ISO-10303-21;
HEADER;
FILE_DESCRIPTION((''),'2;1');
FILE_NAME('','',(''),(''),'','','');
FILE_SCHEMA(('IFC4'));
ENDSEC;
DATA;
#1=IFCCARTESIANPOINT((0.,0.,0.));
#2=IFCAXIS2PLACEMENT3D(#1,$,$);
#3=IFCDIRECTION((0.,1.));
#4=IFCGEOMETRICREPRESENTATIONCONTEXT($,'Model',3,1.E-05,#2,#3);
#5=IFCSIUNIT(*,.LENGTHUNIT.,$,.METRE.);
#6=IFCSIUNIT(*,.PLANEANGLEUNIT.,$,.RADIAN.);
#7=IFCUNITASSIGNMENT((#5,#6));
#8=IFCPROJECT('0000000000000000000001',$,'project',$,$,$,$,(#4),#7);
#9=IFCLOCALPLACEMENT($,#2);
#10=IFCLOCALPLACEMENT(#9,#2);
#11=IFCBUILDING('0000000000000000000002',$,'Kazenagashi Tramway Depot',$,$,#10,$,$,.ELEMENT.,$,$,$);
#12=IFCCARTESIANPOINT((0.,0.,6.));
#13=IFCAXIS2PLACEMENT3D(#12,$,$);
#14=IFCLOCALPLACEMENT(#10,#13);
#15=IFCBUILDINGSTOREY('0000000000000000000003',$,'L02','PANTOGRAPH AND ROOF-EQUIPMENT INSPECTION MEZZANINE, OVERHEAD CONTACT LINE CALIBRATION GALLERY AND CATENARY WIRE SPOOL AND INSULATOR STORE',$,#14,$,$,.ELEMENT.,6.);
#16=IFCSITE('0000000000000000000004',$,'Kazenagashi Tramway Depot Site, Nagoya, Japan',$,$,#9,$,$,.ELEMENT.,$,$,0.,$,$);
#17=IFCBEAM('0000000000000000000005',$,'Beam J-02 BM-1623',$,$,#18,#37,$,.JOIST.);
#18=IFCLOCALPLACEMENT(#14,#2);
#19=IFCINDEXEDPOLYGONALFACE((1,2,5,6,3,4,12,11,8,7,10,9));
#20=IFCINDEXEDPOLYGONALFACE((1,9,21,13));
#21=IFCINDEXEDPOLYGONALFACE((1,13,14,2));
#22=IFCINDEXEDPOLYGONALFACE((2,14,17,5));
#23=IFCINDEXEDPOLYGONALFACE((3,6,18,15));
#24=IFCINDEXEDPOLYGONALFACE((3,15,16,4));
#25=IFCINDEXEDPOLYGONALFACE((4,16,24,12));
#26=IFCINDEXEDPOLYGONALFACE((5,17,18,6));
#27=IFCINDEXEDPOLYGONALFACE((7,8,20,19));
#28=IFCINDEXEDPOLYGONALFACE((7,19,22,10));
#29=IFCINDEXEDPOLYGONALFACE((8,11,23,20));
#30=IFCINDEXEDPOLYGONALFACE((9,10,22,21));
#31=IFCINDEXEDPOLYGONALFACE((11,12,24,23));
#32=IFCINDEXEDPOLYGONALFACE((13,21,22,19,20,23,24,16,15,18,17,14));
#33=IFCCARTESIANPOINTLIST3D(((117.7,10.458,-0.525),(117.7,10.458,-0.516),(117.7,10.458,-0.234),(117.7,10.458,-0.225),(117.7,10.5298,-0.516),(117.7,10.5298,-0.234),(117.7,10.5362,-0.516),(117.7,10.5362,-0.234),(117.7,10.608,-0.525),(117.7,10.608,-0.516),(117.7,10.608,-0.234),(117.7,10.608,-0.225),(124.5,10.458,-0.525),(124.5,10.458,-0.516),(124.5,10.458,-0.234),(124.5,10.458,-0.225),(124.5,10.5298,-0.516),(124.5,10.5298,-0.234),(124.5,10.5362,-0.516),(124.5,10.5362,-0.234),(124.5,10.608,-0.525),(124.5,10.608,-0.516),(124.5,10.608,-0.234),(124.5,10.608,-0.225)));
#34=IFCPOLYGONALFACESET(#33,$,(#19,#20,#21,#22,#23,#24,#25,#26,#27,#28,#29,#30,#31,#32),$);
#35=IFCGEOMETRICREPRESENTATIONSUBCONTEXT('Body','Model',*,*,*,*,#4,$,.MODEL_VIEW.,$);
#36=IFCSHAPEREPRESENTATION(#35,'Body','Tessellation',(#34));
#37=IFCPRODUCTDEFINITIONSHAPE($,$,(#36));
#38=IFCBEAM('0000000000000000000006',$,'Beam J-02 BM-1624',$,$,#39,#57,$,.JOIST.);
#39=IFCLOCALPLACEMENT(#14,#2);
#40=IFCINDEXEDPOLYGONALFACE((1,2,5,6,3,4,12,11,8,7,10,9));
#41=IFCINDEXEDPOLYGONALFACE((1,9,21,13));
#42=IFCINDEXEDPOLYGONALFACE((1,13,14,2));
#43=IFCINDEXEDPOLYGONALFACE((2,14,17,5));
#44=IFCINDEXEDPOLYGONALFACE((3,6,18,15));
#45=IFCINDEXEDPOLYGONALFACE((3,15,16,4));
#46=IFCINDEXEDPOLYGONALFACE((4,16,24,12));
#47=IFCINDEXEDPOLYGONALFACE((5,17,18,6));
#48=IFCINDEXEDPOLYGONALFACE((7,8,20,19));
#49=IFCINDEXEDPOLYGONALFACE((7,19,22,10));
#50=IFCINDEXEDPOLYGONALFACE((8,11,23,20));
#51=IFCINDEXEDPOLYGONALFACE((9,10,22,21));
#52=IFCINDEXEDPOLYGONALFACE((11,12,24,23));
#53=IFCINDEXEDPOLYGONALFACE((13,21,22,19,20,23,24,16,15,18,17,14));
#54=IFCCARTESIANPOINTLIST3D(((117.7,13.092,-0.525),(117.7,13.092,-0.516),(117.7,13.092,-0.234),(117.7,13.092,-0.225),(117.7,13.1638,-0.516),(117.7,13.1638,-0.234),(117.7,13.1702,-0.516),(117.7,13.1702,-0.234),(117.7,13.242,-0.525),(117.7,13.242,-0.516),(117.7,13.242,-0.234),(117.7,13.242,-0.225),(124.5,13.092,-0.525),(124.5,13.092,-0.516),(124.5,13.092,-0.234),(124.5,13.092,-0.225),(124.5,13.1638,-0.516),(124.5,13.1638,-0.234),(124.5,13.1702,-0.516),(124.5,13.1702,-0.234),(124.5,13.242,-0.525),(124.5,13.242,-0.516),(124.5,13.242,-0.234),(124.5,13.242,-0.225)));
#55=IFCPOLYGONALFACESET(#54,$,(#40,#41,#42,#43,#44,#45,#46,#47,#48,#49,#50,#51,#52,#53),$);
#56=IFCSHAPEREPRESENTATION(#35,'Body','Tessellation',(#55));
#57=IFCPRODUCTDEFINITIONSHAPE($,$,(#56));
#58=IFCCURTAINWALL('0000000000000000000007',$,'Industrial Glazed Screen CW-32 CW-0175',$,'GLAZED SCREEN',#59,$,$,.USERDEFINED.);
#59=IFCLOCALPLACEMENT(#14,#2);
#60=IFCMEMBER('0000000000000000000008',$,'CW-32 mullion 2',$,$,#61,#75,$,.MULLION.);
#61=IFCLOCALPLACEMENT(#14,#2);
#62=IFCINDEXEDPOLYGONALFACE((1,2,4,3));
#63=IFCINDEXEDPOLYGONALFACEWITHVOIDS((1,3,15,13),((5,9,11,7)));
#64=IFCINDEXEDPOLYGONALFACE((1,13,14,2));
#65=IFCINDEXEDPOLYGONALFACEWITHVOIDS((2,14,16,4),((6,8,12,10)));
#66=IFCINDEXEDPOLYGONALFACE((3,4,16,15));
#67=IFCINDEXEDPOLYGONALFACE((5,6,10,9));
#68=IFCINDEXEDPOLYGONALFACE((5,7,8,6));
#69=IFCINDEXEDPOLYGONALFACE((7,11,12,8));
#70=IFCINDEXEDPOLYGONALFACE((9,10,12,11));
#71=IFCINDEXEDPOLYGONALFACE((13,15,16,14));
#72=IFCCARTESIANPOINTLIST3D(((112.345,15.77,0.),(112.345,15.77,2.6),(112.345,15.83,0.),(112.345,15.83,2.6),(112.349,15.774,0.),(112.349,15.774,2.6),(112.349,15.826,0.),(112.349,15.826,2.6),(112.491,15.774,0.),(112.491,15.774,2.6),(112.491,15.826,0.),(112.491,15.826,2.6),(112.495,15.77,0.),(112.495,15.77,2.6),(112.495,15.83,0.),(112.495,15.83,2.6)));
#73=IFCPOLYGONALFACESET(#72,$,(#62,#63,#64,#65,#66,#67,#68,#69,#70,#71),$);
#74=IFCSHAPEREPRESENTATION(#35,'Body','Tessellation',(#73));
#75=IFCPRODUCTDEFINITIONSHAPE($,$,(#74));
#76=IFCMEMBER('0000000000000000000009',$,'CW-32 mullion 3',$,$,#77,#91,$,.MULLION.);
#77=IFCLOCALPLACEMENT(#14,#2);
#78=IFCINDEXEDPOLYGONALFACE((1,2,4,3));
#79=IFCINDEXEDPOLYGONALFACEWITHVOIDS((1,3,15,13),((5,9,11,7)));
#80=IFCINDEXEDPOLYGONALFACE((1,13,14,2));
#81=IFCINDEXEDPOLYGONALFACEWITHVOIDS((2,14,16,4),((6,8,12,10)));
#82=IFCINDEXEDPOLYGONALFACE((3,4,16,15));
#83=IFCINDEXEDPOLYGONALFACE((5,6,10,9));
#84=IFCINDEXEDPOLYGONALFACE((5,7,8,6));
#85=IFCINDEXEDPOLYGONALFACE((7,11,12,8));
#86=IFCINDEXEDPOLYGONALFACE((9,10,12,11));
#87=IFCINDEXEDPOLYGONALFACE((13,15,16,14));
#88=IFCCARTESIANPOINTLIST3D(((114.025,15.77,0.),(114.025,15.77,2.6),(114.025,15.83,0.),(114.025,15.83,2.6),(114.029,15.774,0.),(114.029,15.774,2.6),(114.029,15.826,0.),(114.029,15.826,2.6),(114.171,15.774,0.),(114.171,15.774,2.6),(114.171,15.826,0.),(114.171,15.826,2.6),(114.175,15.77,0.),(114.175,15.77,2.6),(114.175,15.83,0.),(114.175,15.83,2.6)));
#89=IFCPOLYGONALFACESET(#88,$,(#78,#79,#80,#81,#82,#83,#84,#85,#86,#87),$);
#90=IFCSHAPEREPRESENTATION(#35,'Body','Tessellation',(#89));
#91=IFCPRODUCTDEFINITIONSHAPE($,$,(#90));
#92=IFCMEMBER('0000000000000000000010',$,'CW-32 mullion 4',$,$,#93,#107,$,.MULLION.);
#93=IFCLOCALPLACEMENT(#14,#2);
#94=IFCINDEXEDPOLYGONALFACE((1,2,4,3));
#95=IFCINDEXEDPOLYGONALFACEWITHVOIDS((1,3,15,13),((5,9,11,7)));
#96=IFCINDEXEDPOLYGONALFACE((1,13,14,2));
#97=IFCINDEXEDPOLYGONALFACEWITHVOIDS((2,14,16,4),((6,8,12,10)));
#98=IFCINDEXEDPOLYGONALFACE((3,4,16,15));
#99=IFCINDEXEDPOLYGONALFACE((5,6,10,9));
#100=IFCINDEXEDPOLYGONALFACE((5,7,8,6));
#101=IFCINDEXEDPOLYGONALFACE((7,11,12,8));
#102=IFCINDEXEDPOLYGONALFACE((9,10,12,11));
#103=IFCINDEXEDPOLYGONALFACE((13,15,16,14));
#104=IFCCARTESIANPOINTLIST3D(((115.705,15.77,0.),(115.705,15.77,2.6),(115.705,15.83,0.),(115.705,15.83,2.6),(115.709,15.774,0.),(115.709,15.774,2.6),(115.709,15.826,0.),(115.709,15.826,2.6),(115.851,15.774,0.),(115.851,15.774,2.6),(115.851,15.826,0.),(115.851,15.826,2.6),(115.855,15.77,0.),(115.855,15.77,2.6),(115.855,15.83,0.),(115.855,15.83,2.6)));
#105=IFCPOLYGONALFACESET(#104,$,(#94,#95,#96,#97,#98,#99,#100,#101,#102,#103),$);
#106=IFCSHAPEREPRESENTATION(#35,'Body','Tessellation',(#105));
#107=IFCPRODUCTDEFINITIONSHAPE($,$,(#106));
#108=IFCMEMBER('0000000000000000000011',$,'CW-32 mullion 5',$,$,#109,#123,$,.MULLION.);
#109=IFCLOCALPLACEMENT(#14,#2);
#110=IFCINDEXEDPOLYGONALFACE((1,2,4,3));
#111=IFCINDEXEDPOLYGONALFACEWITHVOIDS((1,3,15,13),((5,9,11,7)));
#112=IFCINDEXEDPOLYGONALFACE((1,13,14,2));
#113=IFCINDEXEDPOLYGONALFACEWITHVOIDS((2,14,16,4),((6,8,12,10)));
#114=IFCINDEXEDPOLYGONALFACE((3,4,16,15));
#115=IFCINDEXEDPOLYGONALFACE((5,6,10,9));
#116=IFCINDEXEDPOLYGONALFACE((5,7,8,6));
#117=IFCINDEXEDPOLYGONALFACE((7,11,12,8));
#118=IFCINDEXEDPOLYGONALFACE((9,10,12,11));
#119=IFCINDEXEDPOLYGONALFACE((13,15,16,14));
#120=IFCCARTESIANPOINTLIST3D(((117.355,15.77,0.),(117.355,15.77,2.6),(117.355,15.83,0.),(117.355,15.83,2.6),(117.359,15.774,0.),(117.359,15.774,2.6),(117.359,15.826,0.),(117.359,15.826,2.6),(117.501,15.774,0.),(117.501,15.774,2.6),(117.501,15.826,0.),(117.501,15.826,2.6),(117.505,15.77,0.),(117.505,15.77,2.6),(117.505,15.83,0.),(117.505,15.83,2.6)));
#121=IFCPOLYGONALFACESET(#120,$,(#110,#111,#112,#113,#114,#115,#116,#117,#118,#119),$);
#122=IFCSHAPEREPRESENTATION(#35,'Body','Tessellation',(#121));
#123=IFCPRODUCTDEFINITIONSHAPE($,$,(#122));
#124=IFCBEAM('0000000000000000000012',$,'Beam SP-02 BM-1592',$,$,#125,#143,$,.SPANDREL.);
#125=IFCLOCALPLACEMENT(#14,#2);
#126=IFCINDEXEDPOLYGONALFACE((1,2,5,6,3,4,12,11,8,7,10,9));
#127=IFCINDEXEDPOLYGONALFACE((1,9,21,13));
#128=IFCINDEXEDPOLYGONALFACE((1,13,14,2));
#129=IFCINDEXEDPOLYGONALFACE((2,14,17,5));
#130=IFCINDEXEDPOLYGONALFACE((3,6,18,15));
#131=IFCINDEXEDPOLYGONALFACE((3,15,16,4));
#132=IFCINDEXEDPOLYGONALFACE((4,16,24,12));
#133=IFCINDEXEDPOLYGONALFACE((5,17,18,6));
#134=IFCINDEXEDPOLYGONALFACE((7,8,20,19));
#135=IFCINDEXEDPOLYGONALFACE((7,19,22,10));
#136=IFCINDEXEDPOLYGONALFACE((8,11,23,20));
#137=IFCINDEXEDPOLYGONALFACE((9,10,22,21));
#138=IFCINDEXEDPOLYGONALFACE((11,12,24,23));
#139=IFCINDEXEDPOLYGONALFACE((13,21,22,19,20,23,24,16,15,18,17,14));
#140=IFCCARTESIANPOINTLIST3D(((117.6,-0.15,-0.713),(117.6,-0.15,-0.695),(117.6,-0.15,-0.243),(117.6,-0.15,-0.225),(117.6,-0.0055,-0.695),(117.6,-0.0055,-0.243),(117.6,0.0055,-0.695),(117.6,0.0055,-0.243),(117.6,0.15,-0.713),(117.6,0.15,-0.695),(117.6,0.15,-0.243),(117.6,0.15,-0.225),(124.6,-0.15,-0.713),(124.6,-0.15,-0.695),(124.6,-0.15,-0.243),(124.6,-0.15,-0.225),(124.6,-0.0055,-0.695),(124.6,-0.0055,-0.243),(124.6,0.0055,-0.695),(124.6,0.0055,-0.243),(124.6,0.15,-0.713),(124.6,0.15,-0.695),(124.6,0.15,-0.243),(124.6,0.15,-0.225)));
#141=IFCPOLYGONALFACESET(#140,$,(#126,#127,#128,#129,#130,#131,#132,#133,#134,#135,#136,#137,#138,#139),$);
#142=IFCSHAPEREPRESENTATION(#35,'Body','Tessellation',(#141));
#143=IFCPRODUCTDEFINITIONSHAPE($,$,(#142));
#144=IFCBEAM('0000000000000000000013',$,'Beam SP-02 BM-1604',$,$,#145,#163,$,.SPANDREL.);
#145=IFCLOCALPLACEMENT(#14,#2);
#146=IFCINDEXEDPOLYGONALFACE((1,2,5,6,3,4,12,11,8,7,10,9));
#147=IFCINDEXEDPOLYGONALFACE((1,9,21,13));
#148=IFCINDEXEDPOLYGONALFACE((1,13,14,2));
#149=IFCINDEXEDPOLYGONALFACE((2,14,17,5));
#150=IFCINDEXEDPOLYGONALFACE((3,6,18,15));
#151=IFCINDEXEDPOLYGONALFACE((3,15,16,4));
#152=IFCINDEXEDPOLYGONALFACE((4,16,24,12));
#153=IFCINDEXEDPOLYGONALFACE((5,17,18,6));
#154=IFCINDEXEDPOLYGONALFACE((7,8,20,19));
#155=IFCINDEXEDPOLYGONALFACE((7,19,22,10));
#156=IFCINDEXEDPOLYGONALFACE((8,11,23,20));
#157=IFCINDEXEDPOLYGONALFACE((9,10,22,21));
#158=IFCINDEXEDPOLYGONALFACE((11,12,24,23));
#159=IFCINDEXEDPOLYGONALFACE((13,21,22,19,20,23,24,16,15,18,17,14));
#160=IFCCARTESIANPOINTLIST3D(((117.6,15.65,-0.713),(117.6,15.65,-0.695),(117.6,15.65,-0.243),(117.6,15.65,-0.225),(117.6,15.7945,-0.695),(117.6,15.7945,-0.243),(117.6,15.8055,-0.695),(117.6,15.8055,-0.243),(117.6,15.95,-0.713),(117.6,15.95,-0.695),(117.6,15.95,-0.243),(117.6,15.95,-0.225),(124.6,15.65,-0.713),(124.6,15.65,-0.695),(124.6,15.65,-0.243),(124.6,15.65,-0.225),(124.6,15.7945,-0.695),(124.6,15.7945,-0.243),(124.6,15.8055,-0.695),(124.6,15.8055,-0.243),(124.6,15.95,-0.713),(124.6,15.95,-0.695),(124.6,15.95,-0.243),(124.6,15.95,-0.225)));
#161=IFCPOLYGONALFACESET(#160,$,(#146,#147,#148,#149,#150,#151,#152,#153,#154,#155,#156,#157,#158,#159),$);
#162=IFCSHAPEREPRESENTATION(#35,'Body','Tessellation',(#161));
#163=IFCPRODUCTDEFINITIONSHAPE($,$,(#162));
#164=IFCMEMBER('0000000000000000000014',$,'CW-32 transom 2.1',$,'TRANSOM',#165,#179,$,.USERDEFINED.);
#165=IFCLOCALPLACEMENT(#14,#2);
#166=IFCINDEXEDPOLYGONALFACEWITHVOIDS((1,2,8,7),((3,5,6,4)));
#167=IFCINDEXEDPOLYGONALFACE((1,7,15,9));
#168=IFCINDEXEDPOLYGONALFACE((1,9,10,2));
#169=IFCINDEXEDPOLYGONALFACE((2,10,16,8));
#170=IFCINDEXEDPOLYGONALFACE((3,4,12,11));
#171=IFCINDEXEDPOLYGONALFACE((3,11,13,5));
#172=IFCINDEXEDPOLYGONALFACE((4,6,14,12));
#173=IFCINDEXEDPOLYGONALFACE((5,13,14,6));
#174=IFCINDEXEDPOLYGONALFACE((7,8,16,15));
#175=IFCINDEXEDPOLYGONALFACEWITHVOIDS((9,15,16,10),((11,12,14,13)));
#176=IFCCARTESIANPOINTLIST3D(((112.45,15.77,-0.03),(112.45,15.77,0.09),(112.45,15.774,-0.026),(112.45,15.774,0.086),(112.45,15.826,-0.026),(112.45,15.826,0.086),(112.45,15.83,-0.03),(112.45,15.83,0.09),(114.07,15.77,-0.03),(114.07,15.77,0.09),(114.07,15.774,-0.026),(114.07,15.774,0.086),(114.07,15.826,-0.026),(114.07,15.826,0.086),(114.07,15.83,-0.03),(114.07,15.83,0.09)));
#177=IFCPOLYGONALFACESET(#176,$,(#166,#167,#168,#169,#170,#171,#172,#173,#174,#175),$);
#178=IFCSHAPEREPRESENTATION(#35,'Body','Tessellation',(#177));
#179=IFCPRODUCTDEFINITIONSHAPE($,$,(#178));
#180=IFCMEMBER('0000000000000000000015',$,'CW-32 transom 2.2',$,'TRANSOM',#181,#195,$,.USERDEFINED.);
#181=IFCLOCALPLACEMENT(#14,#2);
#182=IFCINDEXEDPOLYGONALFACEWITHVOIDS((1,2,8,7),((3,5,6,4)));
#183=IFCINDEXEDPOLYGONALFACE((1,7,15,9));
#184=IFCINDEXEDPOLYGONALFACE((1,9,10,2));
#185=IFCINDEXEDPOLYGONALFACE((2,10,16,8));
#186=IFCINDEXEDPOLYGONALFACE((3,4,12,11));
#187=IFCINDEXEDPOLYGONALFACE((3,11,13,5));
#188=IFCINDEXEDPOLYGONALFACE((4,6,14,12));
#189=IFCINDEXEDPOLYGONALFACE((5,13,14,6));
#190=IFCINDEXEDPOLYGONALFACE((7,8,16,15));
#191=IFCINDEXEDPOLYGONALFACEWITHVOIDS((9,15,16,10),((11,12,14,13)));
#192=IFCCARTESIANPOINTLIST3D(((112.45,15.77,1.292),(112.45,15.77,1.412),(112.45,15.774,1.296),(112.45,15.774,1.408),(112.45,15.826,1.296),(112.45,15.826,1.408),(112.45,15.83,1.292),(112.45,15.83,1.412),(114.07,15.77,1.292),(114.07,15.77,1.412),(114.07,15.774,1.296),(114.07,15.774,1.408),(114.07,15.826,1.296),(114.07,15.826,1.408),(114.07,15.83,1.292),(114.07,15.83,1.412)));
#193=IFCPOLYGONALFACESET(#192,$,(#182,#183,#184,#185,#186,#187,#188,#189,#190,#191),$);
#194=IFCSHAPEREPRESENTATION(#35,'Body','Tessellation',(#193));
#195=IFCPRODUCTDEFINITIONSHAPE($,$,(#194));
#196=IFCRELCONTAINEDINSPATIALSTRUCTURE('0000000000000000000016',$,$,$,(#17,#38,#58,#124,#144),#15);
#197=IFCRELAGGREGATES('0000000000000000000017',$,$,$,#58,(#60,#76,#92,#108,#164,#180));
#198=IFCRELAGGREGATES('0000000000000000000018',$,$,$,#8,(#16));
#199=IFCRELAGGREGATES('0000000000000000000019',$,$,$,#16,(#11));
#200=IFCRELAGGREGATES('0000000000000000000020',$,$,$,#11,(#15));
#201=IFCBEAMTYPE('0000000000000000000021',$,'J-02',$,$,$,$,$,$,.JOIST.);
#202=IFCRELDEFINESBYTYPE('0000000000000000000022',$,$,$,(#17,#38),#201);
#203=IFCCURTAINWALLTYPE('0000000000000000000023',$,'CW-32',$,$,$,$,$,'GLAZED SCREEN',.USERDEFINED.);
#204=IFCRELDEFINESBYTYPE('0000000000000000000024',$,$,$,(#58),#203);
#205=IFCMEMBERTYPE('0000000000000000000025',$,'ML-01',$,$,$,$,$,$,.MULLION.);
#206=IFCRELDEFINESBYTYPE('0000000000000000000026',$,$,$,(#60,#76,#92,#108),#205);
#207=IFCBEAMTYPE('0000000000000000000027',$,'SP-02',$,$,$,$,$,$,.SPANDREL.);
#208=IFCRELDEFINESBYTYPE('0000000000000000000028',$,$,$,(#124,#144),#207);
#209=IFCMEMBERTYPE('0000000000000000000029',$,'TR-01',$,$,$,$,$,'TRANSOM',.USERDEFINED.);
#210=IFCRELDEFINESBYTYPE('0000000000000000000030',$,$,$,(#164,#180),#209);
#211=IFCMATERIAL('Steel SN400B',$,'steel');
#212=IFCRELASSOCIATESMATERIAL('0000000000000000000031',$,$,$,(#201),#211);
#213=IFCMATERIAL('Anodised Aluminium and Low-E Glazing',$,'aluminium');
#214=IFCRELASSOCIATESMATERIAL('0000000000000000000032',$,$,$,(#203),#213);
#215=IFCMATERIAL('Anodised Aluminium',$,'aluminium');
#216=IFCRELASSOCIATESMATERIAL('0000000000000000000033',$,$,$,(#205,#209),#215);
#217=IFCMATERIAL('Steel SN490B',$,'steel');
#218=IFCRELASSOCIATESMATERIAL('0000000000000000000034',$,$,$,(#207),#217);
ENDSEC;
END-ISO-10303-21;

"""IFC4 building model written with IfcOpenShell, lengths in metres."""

from ifc_helpers import new_model, si_unit, direction, frame, origin, origin_2d, place, context, subcontext, project, spatial, hollow_rectangle, i_section, extrude, material, material_profile, profile_set, type_object, element, aggregate, save


model = new_model("IFC4")

# Units and contexts
model_context = context("Model", 3, precision=1e-05, world=origin(), true_north=direction((0.0, 1.0)))
body_context = subcontext(model_context, "Body", "Model", "MODEL_VIEW")
ifc_project = project(units=[si_unit("LENGTHUNIT", "METRE"), si_unit("PLANEANGLEUNIT", "RADIAN")], contexts=[model_context])

# Site, building, storey
site_placement = place(None, origin())
site = spatial("IfcSite", under=ifc_project, at=site_placement, Name="Kazenagashi Tramway Depot Site, Nagoya, Japan", CompositionType="ELEMENT", RefElevation=0.0)
building_placement = place(site_placement, origin())
building = spatial("IfcBuilding", under=site, at=building_placement, Name="Kazenagashi Tramway Depot", CompositionType="ELEMENT")
storey_placement = place(building_placement, frame((0.0, 0.0, 6.0)))
storey = spatial("IfcBuildingStorey", under=building, at=storey_placement, Name="L02", Description="PANTOGRAPH AND ROOF-EQUIPMENT INSPECTION MEZZANINE, OVERHEAD CONTACT LINE CALIBRATION GALLERY AND CATENARY WIRE SPOOL AND INSULATOR STORE", CompositionType="ELEMENT", Elevation=6.0)

# Beams
ifc_material_1 = material(Name="Steel SN490B", Category="steel")
ifc_material_2 = material(Name="Steel SN400B", Category="steel")
ifc_material_profile_1 = material_profile(ifc_material_2, i_section(OverallWidth=0.15, OverallDepth=0.3, WebThickness=0.0065, FlangeThickness=0.009, at=origin_2d()), Name="H-300x150x6.5x9")
ifc_profile_set_1 = profile_set([ifc_material_profile_1], Name="Steel SN400B")
beam_type_1 = type_object("IfcBeamType", Name="J-02", PredefinedType="JOIST", material=ifc_profile_set_1)
for number, where, z_axis, x_axis, name in (
    (1, (117.7, 10.533, -0.375), (1.0, 0.0, 0.0), (0.0, 1.0, 0.0), "Beam J-02 BM-1623"),
    (2, (117.7, 13.167, -0.375), (1.0, 0.0, 0.0), (0.0, 1.0, 0.0), "Beam J-02 BM-1624"),
):
    element("IfcBeam", number, at=place(storey_placement, frame(where, z_axis=z_axis, x_axis=x_axis)), inside=storey, type_object=beam_type_1, Name=name, PredefinedType="JOIST", context=body_context, shape_type="SweptSolid", body=[
        extrude(i_section(OverallWidth=0.15, OverallDepth=0.3, WebThickness=0.0065, FlangeThickness=0.009, at=origin_2d()), origin(), (0.0, 0.0, 1.0), 6.8),
    ])

# Curtain wall, members
ifc_material_3 = material(Name="Anodised Aluminium and Low-E Glazing", Category="aluminium")
curtain_wall_type = type_object("IfcCurtainWallType", Name="CW-32", ElementType="GLAZED SCREEN", PredefinedType="USERDEFINED", material=ifc_material_3)
curtain_wall_placement = place(storey_placement, origin())
curtain_wall = element("IfcCurtainWall", 3, at=curtain_wall_placement, inside=storey, type_object=curtain_wall_type, Name="Industrial Glazed Screen CW-32 CW-0175", ObjectType="GLAZED SCREEN", PredefinedType="USERDEFINED")
ifc_material_4 = material(Name="Anodised Aluminium", Category="aluminium")
ifc_material_profile_2 = material_profile(ifc_material_4, hollow_rectangle(XDim=0.06, YDim=0.15, WallThickness=0.004, at=origin_2d()), Name="RHS-150x60x4")
ifc_profile_set_2 = profile_set([ifc_material_profile_2], Name="Anodised Aluminium")
member_type_1 = type_object("IfcMemberType", Name="ML-01", PredefinedType="MULLION", material=ifc_profile_set_2)
member_1_placement = place(storey_placement, frame((112.42, 15.8, 0.0), z_axis=(0.0, 0.0, 1.0), x_axis=(0.0, 1.0, 0.0)))
member_1 = element("IfcMember", 4, at=member_1_placement, type_object=member_type_1, Name="CW-32 mullion 2", PredefinedType="MULLION", context=body_context, shape_type="SweptSolid", body=[
    extrude(hollow_rectangle(XDim=0.06, YDim=0.15, WallThickness=0.004, at=origin_2d()), origin(), (0.0, 0.0, 1.0), 2.6),
])
member_2_placement = place(storey_placement, frame((114.1, 15.8, 0.0), z_axis=(0.0, 0.0, 1.0), x_axis=(0.0, 1.0, 0.0)))
member_2 = element("IfcMember", 5, at=member_2_placement, type_object=member_type_1, Name="CW-32 mullion 3", PredefinedType="MULLION", context=body_context, shape_type="SweptSolid", body=[
    extrude(hollow_rectangle(XDim=0.06, YDim=0.15, WallThickness=0.004, at=origin_2d()), origin(), (0.0, 0.0, 1.0), 2.6),
])
member_3_placement = place(storey_placement, frame((115.78, 15.8, 0.0), z_axis=(0.0, 0.0, 1.0), x_axis=(0.0, 1.0, 0.0)))
member_3 = element("IfcMember", 6, at=member_3_placement, type_object=member_type_1, Name="CW-32 mullion 4", PredefinedType="MULLION", context=body_context, shape_type="SweptSolid", body=[
    extrude(hollow_rectangle(XDim=0.06, YDim=0.15, WallThickness=0.004, at=origin_2d()), origin(), (0.0, 0.0, 1.0), 2.6),
])
member_4_placement = place(storey_placement, frame((117.43, 15.8, 0.0), z_axis=(0.0, 0.0, 1.0), x_axis=(0.0, 1.0, 0.0)))
member_4 = element("IfcMember", 7, at=member_4_placement, type_object=member_type_1, Name="CW-32 mullion 5", PredefinedType="MULLION", context=body_context, shape_type="SweptSolid", body=[
    extrude(hollow_rectangle(XDim=0.06, YDim=0.15, WallThickness=0.004, at=origin_2d()), origin(), (0.0, 0.0, 1.0), 2.6),
])

# Beams
ifc_material_profile_3 = material_profile(ifc_material_1, i_section(OverallWidth=0.3, OverallDepth=0.488, WebThickness=0.011, FlangeThickness=0.018, at=origin_2d()), Name="H-488x300x11x18")
ifc_profile_set_3 = profile_set([ifc_material_profile_3], Name="Steel SN490B")
beam_type_2 = type_object("IfcBeamType", Name="SP-02", PredefinedType="SPANDREL", material=ifc_profile_set_3)
for number, where, z_axis, x_axis, name in (
    (8, (117.6, 0.0, -0.469), (1.0, 0.0, 0.0), (0.0, 1.0, 0.0), "Beam SP-02 BM-1592"),
    (9, (117.6, 15.8, -0.469), (1.0, 0.0, 0.0), (0.0, 1.0, 0.0), "Beam SP-02 BM-1604"),
):
    element("IfcBeam", number, at=place(storey_placement, frame(where, z_axis=z_axis, x_axis=x_axis)), inside=storey, type_object=beam_type_2, Name=name, PredefinedType="SPANDREL", context=body_context, shape_type="SweptSolid", body=[
        extrude(i_section(OverallWidth=0.3, OverallDepth=0.488, WebThickness=0.011, FlangeThickness=0.018, at=origin_2d()), origin(), (0.0, 0.0, 1.0), 7.0),
    ])

# Members
ifc_material_profile_4 = material_profile(ifc_material_4, hollow_rectangle(XDim=0.06, YDim=0.12, WallThickness=0.004, at=origin_2d()), Name="RHS-120x60x4")
ifc_profile_set_4 = profile_set([ifc_material_profile_4], Name="Anodised Aluminium")
member_type_2 = type_object("IfcMemberType", Name="TR-01", ElementType="TRANSOM", PredefinedType="USERDEFINED", material=ifc_profile_set_4)
member_5_placement = place(storey_placement, frame((112.45, 15.8, 0.03), z_axis=(1.0, 0.0, 0.0), x_axis=(0.0, 1.0, 0.0)))
member_5 = element("IfcMember", 10, at=member_5_placement, type_object=member_type_2, Name="CW-32 transom 2.1", ObjectType="TRANSOM", PredefinedType="USERDEFINED", context=body_context, shape_type="SweptSolid", body=[
    extrude(hollow_rectangle(XDim=0.06, YDim=0.12, WallThickness=0.004, at=origin_2d()), origin(), (0.0, 0.0, 1.0), 1.62),
])
member_6_placement = place(storey_placement, frame((112.45, 15.8, 1.352), z_axis=(1.0, 0.0, 0.0), x_axis=(0.0, 1.0, 0.0)))
member_6 = element("IfcMember", 11, at=member_6_placement, type_object=member_type_2, Name="CW-32 transom 2.2", ObjectType="TRANSOM", PredefinedType="USERDEFINED", context=body_context, shape_type="SweptSolid", body=[
    extrude(hollow_rectangle(XDim=0.06, YDim=0.12, WallThickness=0.004, at=origin_2d()), origin(), (0.0, 0.0, 1.0), 1.62),
])

aggregate(curtain_wall, [member_1, member_2, member_3, member_4, member_5, member_6])

save(model, "model.ifc")
